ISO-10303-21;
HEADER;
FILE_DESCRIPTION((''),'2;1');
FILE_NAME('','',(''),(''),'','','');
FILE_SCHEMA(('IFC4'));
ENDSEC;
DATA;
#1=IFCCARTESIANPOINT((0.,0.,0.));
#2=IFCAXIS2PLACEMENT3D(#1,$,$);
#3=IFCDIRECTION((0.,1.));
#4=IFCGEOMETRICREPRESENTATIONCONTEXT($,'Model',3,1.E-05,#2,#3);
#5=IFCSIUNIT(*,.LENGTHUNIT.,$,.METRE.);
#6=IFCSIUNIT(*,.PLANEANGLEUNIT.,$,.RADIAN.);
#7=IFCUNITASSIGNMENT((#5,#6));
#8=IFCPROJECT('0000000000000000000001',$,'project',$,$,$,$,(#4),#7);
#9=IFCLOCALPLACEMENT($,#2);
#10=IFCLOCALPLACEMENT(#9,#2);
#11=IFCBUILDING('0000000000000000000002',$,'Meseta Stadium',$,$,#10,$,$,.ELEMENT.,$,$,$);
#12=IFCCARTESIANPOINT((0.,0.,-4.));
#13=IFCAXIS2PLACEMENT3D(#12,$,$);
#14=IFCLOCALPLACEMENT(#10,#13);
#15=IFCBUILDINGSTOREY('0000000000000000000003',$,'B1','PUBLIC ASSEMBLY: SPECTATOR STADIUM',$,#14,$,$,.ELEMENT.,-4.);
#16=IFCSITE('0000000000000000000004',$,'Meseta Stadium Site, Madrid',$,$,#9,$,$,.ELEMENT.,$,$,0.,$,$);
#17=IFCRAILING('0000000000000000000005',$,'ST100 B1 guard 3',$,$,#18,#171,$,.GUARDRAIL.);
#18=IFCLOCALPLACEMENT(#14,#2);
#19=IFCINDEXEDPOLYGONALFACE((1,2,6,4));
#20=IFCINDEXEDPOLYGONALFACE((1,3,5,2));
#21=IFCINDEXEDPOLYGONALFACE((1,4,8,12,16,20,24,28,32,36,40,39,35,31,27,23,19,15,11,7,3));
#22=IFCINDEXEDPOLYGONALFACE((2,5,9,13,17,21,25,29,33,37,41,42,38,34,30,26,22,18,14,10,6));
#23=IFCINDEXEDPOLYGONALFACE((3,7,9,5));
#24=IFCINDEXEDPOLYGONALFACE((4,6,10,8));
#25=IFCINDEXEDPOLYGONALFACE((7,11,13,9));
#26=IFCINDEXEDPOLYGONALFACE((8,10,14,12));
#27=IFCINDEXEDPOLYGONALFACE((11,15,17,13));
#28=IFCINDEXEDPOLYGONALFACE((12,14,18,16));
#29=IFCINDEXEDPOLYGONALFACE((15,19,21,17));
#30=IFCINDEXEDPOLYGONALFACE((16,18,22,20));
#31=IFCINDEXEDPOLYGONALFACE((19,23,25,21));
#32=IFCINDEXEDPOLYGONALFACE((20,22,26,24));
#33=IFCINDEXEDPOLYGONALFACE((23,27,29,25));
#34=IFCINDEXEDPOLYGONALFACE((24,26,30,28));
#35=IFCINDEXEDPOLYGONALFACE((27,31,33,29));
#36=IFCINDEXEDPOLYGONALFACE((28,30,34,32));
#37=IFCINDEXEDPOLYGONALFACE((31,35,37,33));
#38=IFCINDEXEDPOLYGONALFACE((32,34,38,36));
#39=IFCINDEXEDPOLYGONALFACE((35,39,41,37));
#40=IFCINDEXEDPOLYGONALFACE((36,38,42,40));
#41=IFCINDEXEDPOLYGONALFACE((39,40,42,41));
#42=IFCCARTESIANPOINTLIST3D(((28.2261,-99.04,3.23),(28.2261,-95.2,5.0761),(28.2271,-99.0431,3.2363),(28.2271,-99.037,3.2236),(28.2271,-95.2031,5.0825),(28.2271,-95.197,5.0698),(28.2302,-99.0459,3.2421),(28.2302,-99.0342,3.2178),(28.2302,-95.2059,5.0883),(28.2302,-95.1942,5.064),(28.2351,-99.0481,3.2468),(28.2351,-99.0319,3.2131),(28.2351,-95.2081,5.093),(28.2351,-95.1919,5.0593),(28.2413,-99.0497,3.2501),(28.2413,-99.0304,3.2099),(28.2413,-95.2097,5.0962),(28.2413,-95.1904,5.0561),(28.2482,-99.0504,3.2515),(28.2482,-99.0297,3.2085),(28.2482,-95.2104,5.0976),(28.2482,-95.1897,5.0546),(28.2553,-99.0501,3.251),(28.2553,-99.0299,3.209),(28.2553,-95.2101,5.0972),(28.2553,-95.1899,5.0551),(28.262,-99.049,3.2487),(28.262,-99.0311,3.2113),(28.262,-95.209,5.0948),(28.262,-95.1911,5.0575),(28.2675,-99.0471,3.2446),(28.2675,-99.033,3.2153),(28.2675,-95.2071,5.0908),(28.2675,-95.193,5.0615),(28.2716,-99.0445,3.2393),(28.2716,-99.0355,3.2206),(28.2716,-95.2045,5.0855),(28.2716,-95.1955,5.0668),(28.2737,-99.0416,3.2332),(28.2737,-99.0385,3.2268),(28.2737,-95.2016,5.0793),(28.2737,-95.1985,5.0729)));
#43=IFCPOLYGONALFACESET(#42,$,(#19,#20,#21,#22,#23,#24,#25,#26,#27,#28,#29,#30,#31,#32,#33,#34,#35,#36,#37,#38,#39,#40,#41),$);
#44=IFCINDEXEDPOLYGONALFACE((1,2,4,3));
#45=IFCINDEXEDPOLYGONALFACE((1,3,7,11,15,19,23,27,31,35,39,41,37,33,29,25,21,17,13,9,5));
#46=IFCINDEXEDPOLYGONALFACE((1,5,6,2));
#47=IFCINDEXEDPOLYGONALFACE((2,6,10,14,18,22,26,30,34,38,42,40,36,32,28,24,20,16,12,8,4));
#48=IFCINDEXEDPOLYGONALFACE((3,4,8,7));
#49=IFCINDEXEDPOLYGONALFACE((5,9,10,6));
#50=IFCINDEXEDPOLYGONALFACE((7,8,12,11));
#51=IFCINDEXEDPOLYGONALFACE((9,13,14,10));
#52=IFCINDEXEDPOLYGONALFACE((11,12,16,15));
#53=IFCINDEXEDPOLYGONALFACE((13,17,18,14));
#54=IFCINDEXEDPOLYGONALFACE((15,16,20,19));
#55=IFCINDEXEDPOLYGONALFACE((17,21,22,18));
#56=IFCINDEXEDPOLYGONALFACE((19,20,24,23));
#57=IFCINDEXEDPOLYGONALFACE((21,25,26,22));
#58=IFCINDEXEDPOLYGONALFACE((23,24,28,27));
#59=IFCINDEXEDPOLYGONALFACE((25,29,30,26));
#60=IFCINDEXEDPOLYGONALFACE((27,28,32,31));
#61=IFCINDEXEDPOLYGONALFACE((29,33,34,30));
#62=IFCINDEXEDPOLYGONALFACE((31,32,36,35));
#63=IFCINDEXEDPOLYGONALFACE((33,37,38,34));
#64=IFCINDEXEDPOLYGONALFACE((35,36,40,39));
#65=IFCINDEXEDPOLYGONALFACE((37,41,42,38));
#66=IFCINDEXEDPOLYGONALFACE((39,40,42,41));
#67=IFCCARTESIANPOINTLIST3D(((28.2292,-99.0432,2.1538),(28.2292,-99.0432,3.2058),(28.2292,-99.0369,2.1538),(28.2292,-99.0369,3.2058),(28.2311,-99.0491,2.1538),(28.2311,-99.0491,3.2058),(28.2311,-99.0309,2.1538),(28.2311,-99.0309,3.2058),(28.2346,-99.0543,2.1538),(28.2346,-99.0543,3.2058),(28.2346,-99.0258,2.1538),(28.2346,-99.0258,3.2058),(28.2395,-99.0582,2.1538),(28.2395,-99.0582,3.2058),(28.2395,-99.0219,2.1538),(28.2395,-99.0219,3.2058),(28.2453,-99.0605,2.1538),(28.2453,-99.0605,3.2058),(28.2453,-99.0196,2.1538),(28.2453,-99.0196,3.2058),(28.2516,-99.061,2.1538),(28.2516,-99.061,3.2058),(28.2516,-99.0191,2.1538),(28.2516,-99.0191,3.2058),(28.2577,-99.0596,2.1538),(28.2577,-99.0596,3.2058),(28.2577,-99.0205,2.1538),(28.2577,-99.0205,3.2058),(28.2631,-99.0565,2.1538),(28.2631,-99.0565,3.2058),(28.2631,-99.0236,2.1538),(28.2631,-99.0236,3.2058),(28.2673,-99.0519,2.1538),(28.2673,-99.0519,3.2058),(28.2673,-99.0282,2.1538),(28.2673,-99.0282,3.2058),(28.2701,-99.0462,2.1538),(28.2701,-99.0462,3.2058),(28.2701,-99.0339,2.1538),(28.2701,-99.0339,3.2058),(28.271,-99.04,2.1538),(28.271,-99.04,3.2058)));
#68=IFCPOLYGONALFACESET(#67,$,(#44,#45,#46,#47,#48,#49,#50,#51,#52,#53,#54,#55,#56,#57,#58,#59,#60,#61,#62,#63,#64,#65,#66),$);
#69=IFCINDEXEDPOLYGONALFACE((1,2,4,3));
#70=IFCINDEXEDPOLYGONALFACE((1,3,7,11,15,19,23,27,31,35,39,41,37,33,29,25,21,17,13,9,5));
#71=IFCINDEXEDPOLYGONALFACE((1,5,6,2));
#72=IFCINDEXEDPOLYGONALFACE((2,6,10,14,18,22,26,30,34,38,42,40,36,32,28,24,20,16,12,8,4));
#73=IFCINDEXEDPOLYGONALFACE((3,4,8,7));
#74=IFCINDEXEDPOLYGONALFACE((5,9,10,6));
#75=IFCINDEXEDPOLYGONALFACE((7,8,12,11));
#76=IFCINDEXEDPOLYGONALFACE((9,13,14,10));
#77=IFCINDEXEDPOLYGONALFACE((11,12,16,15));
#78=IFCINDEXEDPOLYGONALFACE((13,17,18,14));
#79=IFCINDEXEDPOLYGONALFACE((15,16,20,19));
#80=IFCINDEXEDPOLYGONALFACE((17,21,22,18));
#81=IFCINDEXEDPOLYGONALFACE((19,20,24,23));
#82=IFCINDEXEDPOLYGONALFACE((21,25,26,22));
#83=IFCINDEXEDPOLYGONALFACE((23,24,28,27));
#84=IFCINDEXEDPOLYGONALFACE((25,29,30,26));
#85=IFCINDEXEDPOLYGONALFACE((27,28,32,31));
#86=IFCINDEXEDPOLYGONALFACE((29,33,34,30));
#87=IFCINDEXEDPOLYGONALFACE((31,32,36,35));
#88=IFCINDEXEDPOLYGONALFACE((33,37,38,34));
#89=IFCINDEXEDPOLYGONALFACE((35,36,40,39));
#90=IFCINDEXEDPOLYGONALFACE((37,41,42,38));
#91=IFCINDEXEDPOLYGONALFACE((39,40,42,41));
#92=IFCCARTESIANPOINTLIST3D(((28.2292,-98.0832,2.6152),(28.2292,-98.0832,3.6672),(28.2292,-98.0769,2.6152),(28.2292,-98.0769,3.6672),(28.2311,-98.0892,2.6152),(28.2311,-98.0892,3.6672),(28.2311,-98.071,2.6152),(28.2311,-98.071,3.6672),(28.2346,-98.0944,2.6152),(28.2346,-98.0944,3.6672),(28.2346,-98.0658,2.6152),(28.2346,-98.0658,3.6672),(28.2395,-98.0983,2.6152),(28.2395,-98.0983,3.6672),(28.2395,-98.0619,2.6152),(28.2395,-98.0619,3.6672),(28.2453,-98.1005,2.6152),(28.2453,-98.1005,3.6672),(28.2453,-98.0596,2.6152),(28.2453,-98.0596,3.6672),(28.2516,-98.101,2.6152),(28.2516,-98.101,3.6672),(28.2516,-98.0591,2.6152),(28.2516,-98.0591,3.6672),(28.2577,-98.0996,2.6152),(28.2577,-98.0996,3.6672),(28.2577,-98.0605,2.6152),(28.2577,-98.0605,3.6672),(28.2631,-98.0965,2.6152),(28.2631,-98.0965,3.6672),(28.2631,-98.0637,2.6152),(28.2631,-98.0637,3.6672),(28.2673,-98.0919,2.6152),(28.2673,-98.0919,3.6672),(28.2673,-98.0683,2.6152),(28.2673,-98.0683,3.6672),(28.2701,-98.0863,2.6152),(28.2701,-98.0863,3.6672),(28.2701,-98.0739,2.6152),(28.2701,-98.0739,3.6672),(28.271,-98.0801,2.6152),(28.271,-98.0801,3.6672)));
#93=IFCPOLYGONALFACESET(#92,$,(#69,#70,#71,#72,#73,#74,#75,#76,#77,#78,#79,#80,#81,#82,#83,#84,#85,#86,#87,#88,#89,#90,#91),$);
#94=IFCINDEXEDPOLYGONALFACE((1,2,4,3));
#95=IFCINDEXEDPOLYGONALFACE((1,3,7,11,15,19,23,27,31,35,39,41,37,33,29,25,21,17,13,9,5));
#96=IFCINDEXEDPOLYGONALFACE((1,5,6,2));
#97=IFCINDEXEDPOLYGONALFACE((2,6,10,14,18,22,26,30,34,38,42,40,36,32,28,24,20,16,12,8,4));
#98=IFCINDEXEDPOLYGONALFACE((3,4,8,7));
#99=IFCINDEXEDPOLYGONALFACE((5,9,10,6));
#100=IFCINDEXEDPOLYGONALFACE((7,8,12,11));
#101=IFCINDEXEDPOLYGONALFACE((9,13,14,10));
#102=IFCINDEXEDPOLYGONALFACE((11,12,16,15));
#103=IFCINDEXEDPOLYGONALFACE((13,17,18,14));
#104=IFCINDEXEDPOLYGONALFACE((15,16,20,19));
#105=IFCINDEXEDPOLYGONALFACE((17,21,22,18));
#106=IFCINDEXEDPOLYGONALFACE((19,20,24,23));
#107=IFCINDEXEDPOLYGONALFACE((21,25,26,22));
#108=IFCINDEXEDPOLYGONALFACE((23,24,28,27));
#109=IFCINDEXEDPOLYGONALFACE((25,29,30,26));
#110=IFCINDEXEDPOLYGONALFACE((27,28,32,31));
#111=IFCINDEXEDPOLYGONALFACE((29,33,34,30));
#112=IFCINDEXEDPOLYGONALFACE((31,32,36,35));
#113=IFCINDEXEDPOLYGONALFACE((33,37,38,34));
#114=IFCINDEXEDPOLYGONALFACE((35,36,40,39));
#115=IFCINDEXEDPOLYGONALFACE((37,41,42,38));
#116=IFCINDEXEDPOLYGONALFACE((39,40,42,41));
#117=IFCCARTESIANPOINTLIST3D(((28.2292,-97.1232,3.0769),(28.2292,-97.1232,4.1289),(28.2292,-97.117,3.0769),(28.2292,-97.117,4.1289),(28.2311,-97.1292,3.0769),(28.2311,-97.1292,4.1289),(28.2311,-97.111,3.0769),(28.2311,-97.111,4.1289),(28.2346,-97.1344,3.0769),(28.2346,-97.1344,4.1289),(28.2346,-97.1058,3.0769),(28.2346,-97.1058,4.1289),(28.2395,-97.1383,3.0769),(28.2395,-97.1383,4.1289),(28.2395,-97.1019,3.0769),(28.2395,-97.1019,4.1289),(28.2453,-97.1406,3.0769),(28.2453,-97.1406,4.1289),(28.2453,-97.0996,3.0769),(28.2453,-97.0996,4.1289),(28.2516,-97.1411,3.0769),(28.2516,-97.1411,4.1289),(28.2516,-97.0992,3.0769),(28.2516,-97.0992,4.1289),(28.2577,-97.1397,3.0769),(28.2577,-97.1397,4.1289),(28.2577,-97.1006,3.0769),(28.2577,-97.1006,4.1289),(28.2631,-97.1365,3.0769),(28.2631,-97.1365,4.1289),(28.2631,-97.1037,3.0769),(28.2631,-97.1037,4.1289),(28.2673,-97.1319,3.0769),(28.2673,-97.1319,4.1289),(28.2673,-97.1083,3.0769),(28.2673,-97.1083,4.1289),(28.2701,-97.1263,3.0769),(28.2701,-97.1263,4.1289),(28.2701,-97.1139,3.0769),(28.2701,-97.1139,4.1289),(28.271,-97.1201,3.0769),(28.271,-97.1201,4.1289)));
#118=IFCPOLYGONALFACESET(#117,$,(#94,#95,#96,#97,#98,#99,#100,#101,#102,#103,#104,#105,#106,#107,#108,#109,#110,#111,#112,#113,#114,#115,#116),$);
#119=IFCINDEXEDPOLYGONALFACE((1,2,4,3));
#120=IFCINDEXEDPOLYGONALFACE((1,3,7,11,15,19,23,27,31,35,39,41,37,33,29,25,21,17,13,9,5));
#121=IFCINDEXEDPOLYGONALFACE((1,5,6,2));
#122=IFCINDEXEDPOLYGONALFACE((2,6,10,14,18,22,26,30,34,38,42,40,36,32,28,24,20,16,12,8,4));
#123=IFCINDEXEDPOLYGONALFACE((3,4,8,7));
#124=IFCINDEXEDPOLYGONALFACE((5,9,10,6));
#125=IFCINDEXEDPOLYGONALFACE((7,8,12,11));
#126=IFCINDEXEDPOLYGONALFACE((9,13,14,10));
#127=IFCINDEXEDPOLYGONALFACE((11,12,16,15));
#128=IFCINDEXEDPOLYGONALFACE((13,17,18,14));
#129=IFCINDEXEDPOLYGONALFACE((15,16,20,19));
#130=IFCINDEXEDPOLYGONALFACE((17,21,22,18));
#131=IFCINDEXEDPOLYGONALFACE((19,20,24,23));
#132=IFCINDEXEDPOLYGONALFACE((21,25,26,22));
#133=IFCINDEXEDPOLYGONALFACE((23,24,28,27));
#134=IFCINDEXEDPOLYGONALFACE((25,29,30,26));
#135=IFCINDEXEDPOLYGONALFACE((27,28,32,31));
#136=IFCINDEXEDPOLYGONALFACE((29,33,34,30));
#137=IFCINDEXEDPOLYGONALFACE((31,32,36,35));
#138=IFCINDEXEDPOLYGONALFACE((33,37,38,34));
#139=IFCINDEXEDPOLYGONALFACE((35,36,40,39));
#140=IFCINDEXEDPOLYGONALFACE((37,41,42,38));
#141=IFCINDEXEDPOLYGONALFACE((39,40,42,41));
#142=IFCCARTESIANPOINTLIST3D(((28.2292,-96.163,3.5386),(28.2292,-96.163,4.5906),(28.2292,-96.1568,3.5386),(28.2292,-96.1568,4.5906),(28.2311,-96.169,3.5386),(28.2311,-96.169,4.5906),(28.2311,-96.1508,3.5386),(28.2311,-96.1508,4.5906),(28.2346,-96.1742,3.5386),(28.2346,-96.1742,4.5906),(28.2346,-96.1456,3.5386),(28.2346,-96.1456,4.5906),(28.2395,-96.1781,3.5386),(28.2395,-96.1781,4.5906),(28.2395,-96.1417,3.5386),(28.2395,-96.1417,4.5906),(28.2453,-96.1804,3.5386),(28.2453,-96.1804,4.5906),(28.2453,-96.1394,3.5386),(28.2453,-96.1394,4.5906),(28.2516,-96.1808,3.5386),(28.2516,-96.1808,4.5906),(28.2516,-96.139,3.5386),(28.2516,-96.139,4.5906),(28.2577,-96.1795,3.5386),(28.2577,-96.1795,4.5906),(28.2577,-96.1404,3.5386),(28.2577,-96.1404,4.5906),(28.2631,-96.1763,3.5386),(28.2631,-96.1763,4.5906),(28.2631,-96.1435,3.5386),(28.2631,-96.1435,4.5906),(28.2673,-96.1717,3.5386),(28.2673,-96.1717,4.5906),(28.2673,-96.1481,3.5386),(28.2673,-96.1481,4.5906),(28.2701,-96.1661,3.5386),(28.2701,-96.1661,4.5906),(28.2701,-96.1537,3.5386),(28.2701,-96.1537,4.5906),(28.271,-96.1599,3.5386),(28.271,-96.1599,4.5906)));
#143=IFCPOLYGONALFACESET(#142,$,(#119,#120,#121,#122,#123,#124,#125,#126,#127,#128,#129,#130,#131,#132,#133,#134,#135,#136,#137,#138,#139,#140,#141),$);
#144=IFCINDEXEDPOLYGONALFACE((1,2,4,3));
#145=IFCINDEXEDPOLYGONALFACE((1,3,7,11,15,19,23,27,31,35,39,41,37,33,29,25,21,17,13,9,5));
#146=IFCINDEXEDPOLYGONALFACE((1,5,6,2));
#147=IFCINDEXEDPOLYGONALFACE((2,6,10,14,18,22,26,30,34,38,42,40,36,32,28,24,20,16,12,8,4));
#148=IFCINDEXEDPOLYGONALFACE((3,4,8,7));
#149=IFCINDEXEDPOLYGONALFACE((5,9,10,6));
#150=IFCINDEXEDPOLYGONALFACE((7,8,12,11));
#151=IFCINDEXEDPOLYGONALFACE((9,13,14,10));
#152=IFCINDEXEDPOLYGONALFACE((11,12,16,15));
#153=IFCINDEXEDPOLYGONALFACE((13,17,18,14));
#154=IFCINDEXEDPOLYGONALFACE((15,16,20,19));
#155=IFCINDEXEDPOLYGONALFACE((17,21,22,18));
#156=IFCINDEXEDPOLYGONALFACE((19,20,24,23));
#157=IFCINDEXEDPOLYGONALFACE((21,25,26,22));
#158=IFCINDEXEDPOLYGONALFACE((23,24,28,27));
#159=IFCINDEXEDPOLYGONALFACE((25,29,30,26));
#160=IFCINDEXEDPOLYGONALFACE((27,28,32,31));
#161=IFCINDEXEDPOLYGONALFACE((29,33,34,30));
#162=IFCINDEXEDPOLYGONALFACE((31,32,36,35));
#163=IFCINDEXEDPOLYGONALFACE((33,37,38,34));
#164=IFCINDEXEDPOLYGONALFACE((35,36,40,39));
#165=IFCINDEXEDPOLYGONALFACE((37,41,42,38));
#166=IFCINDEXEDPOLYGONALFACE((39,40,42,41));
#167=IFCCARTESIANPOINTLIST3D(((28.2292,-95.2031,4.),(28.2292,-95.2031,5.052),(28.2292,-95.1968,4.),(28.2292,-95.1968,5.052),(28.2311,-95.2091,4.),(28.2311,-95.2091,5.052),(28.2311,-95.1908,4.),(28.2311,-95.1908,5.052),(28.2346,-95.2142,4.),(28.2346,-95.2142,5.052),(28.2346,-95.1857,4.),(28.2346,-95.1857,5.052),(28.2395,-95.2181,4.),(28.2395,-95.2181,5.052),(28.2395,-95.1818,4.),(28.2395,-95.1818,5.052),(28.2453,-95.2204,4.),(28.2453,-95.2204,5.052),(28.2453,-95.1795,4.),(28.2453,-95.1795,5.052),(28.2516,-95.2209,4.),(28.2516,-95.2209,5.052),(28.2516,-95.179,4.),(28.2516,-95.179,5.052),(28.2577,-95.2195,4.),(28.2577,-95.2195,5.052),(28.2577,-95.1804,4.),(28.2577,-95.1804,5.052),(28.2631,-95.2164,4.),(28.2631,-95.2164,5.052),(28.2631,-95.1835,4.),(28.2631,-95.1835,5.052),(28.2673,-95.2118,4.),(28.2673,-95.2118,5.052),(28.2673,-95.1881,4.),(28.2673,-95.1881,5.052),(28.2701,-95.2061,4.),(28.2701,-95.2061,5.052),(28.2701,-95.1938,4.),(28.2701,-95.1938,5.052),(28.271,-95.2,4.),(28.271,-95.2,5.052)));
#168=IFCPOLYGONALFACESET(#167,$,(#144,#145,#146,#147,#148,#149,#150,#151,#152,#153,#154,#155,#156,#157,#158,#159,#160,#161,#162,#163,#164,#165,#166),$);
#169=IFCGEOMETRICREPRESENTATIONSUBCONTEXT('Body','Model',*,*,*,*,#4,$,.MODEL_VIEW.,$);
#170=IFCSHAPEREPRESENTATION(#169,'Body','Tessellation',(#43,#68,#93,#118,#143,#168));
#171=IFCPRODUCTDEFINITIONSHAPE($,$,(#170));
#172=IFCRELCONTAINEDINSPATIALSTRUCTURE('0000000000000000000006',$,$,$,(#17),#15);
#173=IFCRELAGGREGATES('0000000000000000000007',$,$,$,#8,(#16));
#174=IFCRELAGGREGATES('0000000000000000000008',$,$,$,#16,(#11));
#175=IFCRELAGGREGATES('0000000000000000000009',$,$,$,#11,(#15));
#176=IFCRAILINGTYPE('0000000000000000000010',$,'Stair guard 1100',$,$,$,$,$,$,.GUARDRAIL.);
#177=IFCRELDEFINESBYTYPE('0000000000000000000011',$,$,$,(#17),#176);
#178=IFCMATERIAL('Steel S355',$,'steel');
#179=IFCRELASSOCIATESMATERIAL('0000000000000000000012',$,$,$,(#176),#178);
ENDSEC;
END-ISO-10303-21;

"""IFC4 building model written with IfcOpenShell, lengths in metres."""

from ifc_helpers import new_model, si_unit, direction, frame, origin, origin_2d, place, context, subcontext, project, spatial, circle, extrude, material, type_object, element, save


model = new_model("IFC4")

# Units and contexts
model_context = context("Model", 3, precision=1e-05, world=origin(), true_north=direction((0.0, 1.0)))
body_context = subcontext(model_context, "Body", "Model", "MODEL_VIEW")
ifc_project = project(units=[si_unit("LENGTHUNIT", "METRE"), si_unit("PLANEANGLEUNIT", "RADIAN")], contexts=[model_context])

# Site, building, storey
site_placement = place(None, origin())
site = spatial("IfcSite", under=ifc_project, at=site_placement, Name="Meseta Stadium Site, Madrid", CompositionType="ELEMENT", RefElevation=0.0)
building_placement = place(site_placement, origin())
building = spatial("IfcBuilding", under=site, at=building_placement, Name="Meseta Stadium", CompositionType="ELEMENT")
storey_placement = place(building_placement, frame((0.0, 0.0, -4.0)))
storey = spatial("IfcBuildingStorey", under=building, at=storey_placement, Name="B1", Description="PUBLIC ASSEMBLY: SPECTATOR STADIUM", CompositionType="ELEMENT", Elevation=-4.0)

# Railing
ifc_material_1 = material(Name="Steel S355", Category="steel")
railing_type_1 = type_object("IfcRailingType", Name="Stair guard 1100", PredefinedType="GUARDRAIL", material=ifc_material_1)
railing_1_placement = place(storey_placement, frame((28.25, -99.04, 2.1538)))
element("IfcRailing", 1, at=railing_1_placement, inside=storey, type_object=railing_type_1, Name="ST100 B1 guard 3", PredefinedType="GUARDRAIL", context=body_context, shape_type="SweptSolid", body=[
    extrude(circle(Radius=0.0239, at=origin_2d()), frame((0.0, 0.0, 1.0762), z_axis=(0.0, 0.901253, 0.433294), x_axis=(-1.0, 0.0, 0.0)), (0.0, 0.0, 1.0), 4.2607),
    extrude(circle(Radius=0.021, at=origin_2d()), origin(), (0.0, 0.0, 1.0), 1.052),
    extrude(circle(Radius=0.021, at=origin_2d()), frame((0.0, 0.96, 0.4614)), (0.0, 0.0, 1.0), 1.052),
    extrude(circle(Radius=0.021, at=origin_2d()), frame((0.0, 1.9199, 0.9231)), (0.0, 0.0, 1.0), 1.052),
    extrude(circle(Radius=0.021, at=origin_2d()), frame((0.0, 2.8801, 1.3848)), (0.0, 0.0, 1.0), 1.052),
    extrude(circle(Radius=0.021, at=origin_2d()), frame((0.0, 3.8401, 1.8462)), (0.0, 0.0, 1.0), 1.052),
])

save(model, "model.ifc")
